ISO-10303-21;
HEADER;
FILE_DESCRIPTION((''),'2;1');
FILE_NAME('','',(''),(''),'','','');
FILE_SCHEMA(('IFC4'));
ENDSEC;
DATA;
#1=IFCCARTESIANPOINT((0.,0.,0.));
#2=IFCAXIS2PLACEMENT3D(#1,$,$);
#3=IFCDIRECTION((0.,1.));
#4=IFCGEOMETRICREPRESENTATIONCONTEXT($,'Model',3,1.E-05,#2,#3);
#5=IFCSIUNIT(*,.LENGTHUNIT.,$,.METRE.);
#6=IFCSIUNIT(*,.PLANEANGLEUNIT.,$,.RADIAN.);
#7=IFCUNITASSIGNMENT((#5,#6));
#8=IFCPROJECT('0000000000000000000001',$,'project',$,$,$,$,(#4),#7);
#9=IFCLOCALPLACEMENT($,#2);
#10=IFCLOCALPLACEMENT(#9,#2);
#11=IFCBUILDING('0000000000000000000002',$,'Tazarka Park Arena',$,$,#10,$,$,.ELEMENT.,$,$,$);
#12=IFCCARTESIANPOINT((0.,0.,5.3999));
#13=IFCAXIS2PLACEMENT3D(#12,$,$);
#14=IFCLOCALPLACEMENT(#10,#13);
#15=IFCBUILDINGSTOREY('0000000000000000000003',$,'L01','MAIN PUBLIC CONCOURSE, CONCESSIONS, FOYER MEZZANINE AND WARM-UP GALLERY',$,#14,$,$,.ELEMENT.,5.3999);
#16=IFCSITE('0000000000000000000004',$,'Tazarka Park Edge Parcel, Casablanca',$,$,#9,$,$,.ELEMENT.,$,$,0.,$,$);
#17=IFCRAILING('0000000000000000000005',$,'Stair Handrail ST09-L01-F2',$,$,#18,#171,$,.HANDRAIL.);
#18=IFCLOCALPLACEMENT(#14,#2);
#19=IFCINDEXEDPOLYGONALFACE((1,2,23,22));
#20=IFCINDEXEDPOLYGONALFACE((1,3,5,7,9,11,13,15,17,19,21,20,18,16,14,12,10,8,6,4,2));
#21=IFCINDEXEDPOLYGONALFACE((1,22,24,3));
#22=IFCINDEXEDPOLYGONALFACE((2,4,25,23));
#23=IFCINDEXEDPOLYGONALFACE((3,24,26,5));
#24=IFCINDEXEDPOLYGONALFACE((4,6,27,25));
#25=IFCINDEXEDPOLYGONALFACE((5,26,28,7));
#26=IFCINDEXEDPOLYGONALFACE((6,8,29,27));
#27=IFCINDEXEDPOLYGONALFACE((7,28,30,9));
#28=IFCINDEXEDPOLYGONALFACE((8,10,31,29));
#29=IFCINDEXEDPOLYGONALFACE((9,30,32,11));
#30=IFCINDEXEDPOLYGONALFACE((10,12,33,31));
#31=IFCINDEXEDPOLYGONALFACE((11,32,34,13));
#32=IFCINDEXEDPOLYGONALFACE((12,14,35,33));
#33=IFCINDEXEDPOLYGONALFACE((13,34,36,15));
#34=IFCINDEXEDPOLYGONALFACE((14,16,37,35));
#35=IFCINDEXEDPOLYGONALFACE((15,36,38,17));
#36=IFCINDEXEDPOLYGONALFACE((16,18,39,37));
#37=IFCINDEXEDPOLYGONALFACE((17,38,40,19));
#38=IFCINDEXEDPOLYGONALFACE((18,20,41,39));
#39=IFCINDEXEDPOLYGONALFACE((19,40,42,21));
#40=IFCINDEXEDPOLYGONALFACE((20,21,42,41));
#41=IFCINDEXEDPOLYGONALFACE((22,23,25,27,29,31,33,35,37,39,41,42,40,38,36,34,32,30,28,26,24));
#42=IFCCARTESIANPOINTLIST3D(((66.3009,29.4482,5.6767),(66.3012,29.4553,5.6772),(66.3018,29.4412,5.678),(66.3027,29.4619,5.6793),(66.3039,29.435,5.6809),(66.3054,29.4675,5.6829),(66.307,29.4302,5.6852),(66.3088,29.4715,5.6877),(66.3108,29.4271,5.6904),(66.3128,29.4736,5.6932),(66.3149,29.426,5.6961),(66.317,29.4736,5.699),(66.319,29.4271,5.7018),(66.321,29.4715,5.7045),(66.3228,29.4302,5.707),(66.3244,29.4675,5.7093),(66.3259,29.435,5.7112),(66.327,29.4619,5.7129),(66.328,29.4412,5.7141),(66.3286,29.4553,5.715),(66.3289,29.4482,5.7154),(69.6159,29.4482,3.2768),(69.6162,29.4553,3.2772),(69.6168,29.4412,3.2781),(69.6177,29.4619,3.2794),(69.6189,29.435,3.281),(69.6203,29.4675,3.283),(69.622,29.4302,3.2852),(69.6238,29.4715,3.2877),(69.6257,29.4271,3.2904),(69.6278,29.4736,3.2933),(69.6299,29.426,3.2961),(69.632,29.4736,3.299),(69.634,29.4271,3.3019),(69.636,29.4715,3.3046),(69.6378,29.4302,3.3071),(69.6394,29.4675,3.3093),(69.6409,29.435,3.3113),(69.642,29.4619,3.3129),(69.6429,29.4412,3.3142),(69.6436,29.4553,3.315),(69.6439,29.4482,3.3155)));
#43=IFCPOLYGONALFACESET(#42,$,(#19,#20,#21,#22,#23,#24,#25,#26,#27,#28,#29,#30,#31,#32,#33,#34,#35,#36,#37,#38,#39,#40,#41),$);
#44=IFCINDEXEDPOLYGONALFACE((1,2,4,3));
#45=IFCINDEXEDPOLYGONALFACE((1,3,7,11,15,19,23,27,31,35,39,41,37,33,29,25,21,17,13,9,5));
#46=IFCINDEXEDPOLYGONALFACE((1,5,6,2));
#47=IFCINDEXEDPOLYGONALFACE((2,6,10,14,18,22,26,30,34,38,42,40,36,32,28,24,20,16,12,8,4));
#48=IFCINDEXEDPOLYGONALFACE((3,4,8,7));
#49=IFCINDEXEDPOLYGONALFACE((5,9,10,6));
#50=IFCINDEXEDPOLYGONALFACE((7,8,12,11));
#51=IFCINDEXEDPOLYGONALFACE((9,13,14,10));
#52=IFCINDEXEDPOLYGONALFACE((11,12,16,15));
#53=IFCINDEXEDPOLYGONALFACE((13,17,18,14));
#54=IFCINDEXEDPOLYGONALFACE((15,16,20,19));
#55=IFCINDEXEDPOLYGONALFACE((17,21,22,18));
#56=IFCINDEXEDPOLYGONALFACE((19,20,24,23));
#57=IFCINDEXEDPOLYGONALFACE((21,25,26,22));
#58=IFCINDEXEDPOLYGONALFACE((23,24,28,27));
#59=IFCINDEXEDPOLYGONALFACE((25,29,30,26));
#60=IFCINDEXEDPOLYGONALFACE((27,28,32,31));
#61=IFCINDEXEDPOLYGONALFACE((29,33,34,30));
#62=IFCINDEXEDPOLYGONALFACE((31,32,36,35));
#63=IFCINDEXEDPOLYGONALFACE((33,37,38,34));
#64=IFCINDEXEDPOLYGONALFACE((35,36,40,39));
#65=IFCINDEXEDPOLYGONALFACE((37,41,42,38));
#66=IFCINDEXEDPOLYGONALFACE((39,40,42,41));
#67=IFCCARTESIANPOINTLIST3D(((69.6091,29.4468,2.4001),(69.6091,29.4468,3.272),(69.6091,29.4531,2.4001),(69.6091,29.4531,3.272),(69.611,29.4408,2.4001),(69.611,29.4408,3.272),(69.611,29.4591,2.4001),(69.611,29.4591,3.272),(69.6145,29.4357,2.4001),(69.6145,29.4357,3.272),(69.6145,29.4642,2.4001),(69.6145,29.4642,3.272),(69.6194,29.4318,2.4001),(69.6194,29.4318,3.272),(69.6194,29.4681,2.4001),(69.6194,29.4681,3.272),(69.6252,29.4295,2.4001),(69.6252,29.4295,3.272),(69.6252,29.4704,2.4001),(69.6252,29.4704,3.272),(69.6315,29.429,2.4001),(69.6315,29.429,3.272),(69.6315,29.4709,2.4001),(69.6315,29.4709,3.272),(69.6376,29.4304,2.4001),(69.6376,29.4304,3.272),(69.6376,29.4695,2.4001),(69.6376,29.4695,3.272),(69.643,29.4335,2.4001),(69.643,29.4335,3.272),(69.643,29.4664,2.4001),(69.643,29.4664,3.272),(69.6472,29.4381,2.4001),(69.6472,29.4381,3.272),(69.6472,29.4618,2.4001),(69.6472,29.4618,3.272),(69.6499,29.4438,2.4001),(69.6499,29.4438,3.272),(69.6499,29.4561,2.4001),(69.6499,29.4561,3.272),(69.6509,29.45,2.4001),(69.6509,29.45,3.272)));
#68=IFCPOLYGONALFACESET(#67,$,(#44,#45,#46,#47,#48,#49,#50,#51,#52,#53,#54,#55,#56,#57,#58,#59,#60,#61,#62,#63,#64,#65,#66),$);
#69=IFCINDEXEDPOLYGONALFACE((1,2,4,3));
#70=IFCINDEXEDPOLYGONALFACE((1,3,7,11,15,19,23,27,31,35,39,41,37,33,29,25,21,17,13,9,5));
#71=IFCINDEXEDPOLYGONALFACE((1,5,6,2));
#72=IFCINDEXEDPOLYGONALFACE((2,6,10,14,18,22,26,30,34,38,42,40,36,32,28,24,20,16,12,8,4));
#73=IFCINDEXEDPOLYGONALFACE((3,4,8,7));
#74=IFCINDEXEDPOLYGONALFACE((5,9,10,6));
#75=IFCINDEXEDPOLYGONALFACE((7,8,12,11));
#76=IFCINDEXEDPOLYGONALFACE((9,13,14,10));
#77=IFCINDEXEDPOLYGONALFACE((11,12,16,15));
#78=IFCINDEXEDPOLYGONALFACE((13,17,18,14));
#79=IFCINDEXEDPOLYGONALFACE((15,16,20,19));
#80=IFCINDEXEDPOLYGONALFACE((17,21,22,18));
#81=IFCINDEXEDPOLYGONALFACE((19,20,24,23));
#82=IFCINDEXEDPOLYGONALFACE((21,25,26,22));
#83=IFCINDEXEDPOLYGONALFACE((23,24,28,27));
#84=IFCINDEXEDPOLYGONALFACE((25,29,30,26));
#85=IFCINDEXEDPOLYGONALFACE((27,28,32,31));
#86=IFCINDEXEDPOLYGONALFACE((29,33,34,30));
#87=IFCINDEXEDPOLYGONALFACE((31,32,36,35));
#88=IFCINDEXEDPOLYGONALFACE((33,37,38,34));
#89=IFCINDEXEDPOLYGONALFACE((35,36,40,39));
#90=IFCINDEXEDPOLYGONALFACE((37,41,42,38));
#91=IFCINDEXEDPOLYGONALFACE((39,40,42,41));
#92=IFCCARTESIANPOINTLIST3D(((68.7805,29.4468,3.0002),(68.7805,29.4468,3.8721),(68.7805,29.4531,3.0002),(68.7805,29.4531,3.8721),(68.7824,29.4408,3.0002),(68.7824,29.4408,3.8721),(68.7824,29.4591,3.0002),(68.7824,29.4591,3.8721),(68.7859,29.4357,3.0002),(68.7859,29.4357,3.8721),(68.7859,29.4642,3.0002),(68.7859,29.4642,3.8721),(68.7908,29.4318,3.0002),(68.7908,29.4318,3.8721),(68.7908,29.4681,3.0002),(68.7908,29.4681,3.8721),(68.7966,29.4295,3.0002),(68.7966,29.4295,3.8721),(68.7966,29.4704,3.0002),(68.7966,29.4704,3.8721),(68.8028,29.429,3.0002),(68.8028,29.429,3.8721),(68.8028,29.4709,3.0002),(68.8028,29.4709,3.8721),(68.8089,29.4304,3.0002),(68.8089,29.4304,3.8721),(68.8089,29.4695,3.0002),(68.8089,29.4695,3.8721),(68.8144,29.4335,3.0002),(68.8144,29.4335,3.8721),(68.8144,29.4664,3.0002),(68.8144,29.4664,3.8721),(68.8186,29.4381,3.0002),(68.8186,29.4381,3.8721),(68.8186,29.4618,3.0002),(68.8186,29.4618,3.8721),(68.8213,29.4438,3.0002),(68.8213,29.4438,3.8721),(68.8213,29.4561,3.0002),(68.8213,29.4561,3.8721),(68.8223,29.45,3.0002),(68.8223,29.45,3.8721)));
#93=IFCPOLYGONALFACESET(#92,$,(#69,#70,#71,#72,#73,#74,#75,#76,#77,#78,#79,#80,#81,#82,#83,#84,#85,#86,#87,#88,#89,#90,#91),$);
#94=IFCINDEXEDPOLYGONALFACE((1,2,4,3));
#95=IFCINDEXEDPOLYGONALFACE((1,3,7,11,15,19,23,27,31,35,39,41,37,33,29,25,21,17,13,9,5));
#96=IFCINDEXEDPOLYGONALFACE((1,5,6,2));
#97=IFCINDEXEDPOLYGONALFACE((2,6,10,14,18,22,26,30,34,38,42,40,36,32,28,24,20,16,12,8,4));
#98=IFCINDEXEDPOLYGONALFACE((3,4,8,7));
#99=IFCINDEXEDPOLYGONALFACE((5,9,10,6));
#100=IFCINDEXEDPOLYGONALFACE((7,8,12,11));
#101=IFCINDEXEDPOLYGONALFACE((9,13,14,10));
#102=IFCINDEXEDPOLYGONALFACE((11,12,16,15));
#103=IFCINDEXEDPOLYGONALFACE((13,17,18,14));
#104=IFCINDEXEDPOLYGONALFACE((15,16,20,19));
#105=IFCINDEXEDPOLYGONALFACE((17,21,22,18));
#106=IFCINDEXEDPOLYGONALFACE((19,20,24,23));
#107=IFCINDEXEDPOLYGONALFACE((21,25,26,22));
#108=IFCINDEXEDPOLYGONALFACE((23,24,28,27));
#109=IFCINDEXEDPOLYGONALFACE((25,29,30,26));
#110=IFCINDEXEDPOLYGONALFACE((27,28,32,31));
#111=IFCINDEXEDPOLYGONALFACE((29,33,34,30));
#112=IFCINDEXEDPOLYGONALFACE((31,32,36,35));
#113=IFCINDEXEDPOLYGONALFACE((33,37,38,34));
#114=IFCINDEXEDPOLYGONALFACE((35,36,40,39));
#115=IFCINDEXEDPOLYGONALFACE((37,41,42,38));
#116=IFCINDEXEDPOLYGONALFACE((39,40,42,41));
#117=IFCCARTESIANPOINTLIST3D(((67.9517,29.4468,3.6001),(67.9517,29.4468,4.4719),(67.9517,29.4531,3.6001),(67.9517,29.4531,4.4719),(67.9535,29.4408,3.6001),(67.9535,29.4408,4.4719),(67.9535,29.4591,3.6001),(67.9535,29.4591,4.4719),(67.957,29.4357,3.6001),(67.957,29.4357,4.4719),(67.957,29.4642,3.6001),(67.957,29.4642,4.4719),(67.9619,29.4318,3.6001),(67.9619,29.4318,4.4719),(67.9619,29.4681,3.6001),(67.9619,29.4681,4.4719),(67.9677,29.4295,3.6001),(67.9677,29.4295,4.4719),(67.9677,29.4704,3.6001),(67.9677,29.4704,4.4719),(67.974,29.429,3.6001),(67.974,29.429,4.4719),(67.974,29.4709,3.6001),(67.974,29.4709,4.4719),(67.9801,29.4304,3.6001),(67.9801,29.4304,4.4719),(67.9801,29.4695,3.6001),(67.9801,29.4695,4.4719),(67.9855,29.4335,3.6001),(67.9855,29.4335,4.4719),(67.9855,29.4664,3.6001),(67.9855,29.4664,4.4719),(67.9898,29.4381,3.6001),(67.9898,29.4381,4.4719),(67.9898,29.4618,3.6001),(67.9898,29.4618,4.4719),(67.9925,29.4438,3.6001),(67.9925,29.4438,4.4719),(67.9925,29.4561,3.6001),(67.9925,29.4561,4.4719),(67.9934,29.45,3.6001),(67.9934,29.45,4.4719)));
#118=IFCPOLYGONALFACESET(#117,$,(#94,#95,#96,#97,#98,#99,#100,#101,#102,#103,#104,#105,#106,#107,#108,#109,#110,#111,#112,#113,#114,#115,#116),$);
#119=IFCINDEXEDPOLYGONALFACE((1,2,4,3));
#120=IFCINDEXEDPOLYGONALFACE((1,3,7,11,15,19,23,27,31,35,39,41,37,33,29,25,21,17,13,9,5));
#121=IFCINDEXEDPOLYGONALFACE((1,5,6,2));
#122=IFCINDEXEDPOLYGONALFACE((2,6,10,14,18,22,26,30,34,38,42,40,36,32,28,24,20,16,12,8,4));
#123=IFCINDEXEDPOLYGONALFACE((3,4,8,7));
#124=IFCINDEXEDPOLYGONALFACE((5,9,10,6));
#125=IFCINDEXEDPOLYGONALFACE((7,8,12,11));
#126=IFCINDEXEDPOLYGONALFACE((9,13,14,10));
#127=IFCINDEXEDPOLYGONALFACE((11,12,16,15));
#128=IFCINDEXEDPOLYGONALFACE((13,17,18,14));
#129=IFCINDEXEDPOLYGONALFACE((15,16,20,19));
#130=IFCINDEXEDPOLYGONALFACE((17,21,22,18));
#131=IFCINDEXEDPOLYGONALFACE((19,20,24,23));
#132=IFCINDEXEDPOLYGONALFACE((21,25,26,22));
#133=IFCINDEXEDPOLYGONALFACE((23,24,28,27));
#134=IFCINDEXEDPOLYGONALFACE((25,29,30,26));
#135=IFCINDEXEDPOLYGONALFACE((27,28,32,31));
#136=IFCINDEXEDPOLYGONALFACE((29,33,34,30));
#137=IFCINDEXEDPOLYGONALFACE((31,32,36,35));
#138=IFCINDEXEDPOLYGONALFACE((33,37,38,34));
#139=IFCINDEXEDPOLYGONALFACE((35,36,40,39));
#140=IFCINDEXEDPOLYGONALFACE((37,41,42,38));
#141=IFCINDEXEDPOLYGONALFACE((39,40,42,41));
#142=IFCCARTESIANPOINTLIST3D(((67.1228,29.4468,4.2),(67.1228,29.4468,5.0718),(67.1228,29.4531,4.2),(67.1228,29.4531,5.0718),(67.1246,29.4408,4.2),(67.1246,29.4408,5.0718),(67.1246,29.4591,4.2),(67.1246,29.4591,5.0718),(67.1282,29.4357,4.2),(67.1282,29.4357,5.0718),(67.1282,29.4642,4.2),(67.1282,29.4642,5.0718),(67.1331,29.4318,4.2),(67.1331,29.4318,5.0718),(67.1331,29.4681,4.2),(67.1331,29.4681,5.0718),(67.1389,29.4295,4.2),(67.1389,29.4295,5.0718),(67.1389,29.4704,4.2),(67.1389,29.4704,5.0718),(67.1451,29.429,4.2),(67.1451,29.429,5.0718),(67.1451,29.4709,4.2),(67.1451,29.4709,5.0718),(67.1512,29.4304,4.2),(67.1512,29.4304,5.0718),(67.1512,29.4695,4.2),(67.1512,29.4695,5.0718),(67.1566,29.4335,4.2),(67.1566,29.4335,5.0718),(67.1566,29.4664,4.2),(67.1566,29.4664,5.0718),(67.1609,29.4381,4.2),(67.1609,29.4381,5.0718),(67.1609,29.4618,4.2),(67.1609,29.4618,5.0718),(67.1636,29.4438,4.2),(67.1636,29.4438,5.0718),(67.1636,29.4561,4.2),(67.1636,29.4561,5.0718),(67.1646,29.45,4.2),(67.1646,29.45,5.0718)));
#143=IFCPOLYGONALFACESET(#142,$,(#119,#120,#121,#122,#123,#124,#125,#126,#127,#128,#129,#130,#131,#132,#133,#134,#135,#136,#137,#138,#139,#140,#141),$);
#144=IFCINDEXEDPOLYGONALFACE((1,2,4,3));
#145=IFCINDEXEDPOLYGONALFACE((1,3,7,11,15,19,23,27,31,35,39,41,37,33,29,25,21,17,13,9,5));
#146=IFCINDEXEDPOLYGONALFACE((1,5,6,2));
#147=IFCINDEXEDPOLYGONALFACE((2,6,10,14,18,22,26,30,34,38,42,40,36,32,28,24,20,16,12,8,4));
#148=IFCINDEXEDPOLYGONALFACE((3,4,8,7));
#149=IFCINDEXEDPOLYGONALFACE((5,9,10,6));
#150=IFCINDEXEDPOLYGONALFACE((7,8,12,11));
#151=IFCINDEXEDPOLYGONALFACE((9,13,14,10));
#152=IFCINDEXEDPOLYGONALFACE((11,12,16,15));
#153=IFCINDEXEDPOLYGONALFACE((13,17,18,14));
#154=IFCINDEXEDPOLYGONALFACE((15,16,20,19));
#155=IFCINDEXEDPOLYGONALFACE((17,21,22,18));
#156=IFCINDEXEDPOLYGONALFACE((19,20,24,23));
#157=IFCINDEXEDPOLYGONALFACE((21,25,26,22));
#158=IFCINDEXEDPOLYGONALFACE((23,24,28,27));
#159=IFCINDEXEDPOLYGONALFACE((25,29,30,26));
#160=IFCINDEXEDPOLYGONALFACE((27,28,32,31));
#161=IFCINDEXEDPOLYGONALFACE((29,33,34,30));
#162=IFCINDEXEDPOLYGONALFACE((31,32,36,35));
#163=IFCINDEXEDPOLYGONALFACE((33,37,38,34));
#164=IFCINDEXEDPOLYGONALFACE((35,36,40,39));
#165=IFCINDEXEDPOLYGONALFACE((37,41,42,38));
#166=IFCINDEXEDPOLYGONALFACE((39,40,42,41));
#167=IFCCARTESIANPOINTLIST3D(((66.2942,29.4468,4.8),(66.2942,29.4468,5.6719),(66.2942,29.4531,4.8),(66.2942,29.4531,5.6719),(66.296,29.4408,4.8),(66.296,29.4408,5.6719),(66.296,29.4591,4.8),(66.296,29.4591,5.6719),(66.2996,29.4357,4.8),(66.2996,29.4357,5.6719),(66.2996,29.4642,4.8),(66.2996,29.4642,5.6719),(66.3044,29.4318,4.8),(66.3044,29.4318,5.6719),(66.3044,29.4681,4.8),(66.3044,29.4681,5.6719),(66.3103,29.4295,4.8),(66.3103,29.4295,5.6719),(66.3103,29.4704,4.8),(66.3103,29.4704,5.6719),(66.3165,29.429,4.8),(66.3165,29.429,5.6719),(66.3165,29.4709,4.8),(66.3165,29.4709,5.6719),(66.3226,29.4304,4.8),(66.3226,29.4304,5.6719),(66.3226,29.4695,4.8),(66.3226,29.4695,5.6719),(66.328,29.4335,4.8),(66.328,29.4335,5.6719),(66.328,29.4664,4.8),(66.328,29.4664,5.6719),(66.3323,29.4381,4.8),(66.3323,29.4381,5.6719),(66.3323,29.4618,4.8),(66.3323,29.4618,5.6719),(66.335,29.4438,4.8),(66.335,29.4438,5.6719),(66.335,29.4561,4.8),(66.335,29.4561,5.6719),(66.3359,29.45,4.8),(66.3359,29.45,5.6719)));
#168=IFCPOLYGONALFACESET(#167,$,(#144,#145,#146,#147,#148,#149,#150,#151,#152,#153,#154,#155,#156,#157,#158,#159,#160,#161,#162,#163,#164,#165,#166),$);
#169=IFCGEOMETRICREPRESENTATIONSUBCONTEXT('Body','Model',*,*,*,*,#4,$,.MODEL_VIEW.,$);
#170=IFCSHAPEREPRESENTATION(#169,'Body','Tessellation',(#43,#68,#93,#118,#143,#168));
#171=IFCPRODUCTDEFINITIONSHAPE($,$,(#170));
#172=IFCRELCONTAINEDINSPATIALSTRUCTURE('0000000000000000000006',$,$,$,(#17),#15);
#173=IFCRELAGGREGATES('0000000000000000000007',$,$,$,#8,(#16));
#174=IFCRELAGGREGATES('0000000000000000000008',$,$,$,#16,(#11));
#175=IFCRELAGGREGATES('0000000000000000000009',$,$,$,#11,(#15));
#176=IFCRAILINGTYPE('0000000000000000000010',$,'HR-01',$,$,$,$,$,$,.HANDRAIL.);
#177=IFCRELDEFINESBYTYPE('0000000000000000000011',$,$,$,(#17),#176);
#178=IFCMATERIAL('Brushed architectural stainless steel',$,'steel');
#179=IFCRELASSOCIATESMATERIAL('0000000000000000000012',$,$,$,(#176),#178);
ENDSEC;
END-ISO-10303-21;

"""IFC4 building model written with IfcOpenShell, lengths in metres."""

from ifc_helpers import new_model, si_unit, direction, frame, origin, origin_2d, place, context, subcontext, project, spatial, circle, extrude, material, type_object, element, save


model = new_model("IFC4")

# Units and contexts
model_context = context("Model", 3, precision=1e-05, world=origin(), true_north=direction((0.0, 1.0)))
body_context = subcontext(model_context, "Body", "Model", "MODEL_VIEW")
ifc_project = project(units=[si_unit("LENGTHUNIT", "METRE"), si_unit("PLANEANGLEUNIT", "RADIAN")], contexts=[model_context])

# Site, building, storey
site_placement = place(None, origin())
site = spatial("IfcSite", under=ifc_project, at=site_placement, Name="Tazarka Park Edge Parcel, Casablanca", CompositionType="ELEMENT", RefElevation=0.0)
building_placement = place(site_placement, origin())
building = spatial("IfcBuilding", under=site, at=building_placement, Name="Tazarka Park Arena", CompositionType="ELEMENT")
storey_placement = place(building_placement, frame((0.0, 0.0, 5.3999)))
storey = spatial("IfcBuildingStorey", under=building, at=storey_placement, Name="L01", Description="MAIN PUBLIC CONCOURSE, CONCESSIONS, FOYER MEZZANINE AND WARM-UP GALLERY", CompositionType="ELEMENT", Elevation=5.3999)

# Railing
ifc_material_1 = material(Name="Brushed architectural stainless steel", Category="steel")
railing_type_1 = type_object("IfcRailingType", Name="HR-01", PredefinedType="HANDRAIL", material=ifc_material_1)
railing_1_placement = place(storey_placement, frame((69.6299, 29.45, 2.4001)))
element("IfcRailing", 1, at=railing_1_placement, inside=storey, type_object=railing_type_1, Name="Stair Handrail ST09-L01-F2", PredefinedType="HANDRAIL", context=body_context, shape_type="SweptSolid", body=[
    extrude(circle(Radius=0.0239, at=origin_2d()), frame((0.0, 0.0, 0.896), z_axis=(-0.810009, 0.0, 0.586418), x_axis=(0.0, -1.0, 0.0)), (0.0, 0.0, 1.0), 4.0925),
    extrude(circle(Radius=0.021, at=origin_2d()), origin(), (0.0, 0.0, 1.0), 0.8718),
    extrude(circle(Radius=0.021, at=origin_2d()), frame((-0.8286, 0.0, 0.6001)), (0.0, 0.0, 1.0), 0.8718),
    extrude(circle(Radius=0.021, at=origin_2d()), frame((-1.6575, 0.0, 1.2)), (0.0, 0.0, 1.0), 0.8718),
    extrude(circle(Radius=0.021, at=origin_2d()), frame((-2.4863, 0.0, 1.7998)), (0.0, 0.0, 1.0), 0.8718),
    extrude(circle(Radius=0.021, at=origin_2d()), frame((-3.3149, 0.0, 2.3999)), (0.0, 0.0, 1.0), 0.8718),
])

save(model, "model.ifc")
